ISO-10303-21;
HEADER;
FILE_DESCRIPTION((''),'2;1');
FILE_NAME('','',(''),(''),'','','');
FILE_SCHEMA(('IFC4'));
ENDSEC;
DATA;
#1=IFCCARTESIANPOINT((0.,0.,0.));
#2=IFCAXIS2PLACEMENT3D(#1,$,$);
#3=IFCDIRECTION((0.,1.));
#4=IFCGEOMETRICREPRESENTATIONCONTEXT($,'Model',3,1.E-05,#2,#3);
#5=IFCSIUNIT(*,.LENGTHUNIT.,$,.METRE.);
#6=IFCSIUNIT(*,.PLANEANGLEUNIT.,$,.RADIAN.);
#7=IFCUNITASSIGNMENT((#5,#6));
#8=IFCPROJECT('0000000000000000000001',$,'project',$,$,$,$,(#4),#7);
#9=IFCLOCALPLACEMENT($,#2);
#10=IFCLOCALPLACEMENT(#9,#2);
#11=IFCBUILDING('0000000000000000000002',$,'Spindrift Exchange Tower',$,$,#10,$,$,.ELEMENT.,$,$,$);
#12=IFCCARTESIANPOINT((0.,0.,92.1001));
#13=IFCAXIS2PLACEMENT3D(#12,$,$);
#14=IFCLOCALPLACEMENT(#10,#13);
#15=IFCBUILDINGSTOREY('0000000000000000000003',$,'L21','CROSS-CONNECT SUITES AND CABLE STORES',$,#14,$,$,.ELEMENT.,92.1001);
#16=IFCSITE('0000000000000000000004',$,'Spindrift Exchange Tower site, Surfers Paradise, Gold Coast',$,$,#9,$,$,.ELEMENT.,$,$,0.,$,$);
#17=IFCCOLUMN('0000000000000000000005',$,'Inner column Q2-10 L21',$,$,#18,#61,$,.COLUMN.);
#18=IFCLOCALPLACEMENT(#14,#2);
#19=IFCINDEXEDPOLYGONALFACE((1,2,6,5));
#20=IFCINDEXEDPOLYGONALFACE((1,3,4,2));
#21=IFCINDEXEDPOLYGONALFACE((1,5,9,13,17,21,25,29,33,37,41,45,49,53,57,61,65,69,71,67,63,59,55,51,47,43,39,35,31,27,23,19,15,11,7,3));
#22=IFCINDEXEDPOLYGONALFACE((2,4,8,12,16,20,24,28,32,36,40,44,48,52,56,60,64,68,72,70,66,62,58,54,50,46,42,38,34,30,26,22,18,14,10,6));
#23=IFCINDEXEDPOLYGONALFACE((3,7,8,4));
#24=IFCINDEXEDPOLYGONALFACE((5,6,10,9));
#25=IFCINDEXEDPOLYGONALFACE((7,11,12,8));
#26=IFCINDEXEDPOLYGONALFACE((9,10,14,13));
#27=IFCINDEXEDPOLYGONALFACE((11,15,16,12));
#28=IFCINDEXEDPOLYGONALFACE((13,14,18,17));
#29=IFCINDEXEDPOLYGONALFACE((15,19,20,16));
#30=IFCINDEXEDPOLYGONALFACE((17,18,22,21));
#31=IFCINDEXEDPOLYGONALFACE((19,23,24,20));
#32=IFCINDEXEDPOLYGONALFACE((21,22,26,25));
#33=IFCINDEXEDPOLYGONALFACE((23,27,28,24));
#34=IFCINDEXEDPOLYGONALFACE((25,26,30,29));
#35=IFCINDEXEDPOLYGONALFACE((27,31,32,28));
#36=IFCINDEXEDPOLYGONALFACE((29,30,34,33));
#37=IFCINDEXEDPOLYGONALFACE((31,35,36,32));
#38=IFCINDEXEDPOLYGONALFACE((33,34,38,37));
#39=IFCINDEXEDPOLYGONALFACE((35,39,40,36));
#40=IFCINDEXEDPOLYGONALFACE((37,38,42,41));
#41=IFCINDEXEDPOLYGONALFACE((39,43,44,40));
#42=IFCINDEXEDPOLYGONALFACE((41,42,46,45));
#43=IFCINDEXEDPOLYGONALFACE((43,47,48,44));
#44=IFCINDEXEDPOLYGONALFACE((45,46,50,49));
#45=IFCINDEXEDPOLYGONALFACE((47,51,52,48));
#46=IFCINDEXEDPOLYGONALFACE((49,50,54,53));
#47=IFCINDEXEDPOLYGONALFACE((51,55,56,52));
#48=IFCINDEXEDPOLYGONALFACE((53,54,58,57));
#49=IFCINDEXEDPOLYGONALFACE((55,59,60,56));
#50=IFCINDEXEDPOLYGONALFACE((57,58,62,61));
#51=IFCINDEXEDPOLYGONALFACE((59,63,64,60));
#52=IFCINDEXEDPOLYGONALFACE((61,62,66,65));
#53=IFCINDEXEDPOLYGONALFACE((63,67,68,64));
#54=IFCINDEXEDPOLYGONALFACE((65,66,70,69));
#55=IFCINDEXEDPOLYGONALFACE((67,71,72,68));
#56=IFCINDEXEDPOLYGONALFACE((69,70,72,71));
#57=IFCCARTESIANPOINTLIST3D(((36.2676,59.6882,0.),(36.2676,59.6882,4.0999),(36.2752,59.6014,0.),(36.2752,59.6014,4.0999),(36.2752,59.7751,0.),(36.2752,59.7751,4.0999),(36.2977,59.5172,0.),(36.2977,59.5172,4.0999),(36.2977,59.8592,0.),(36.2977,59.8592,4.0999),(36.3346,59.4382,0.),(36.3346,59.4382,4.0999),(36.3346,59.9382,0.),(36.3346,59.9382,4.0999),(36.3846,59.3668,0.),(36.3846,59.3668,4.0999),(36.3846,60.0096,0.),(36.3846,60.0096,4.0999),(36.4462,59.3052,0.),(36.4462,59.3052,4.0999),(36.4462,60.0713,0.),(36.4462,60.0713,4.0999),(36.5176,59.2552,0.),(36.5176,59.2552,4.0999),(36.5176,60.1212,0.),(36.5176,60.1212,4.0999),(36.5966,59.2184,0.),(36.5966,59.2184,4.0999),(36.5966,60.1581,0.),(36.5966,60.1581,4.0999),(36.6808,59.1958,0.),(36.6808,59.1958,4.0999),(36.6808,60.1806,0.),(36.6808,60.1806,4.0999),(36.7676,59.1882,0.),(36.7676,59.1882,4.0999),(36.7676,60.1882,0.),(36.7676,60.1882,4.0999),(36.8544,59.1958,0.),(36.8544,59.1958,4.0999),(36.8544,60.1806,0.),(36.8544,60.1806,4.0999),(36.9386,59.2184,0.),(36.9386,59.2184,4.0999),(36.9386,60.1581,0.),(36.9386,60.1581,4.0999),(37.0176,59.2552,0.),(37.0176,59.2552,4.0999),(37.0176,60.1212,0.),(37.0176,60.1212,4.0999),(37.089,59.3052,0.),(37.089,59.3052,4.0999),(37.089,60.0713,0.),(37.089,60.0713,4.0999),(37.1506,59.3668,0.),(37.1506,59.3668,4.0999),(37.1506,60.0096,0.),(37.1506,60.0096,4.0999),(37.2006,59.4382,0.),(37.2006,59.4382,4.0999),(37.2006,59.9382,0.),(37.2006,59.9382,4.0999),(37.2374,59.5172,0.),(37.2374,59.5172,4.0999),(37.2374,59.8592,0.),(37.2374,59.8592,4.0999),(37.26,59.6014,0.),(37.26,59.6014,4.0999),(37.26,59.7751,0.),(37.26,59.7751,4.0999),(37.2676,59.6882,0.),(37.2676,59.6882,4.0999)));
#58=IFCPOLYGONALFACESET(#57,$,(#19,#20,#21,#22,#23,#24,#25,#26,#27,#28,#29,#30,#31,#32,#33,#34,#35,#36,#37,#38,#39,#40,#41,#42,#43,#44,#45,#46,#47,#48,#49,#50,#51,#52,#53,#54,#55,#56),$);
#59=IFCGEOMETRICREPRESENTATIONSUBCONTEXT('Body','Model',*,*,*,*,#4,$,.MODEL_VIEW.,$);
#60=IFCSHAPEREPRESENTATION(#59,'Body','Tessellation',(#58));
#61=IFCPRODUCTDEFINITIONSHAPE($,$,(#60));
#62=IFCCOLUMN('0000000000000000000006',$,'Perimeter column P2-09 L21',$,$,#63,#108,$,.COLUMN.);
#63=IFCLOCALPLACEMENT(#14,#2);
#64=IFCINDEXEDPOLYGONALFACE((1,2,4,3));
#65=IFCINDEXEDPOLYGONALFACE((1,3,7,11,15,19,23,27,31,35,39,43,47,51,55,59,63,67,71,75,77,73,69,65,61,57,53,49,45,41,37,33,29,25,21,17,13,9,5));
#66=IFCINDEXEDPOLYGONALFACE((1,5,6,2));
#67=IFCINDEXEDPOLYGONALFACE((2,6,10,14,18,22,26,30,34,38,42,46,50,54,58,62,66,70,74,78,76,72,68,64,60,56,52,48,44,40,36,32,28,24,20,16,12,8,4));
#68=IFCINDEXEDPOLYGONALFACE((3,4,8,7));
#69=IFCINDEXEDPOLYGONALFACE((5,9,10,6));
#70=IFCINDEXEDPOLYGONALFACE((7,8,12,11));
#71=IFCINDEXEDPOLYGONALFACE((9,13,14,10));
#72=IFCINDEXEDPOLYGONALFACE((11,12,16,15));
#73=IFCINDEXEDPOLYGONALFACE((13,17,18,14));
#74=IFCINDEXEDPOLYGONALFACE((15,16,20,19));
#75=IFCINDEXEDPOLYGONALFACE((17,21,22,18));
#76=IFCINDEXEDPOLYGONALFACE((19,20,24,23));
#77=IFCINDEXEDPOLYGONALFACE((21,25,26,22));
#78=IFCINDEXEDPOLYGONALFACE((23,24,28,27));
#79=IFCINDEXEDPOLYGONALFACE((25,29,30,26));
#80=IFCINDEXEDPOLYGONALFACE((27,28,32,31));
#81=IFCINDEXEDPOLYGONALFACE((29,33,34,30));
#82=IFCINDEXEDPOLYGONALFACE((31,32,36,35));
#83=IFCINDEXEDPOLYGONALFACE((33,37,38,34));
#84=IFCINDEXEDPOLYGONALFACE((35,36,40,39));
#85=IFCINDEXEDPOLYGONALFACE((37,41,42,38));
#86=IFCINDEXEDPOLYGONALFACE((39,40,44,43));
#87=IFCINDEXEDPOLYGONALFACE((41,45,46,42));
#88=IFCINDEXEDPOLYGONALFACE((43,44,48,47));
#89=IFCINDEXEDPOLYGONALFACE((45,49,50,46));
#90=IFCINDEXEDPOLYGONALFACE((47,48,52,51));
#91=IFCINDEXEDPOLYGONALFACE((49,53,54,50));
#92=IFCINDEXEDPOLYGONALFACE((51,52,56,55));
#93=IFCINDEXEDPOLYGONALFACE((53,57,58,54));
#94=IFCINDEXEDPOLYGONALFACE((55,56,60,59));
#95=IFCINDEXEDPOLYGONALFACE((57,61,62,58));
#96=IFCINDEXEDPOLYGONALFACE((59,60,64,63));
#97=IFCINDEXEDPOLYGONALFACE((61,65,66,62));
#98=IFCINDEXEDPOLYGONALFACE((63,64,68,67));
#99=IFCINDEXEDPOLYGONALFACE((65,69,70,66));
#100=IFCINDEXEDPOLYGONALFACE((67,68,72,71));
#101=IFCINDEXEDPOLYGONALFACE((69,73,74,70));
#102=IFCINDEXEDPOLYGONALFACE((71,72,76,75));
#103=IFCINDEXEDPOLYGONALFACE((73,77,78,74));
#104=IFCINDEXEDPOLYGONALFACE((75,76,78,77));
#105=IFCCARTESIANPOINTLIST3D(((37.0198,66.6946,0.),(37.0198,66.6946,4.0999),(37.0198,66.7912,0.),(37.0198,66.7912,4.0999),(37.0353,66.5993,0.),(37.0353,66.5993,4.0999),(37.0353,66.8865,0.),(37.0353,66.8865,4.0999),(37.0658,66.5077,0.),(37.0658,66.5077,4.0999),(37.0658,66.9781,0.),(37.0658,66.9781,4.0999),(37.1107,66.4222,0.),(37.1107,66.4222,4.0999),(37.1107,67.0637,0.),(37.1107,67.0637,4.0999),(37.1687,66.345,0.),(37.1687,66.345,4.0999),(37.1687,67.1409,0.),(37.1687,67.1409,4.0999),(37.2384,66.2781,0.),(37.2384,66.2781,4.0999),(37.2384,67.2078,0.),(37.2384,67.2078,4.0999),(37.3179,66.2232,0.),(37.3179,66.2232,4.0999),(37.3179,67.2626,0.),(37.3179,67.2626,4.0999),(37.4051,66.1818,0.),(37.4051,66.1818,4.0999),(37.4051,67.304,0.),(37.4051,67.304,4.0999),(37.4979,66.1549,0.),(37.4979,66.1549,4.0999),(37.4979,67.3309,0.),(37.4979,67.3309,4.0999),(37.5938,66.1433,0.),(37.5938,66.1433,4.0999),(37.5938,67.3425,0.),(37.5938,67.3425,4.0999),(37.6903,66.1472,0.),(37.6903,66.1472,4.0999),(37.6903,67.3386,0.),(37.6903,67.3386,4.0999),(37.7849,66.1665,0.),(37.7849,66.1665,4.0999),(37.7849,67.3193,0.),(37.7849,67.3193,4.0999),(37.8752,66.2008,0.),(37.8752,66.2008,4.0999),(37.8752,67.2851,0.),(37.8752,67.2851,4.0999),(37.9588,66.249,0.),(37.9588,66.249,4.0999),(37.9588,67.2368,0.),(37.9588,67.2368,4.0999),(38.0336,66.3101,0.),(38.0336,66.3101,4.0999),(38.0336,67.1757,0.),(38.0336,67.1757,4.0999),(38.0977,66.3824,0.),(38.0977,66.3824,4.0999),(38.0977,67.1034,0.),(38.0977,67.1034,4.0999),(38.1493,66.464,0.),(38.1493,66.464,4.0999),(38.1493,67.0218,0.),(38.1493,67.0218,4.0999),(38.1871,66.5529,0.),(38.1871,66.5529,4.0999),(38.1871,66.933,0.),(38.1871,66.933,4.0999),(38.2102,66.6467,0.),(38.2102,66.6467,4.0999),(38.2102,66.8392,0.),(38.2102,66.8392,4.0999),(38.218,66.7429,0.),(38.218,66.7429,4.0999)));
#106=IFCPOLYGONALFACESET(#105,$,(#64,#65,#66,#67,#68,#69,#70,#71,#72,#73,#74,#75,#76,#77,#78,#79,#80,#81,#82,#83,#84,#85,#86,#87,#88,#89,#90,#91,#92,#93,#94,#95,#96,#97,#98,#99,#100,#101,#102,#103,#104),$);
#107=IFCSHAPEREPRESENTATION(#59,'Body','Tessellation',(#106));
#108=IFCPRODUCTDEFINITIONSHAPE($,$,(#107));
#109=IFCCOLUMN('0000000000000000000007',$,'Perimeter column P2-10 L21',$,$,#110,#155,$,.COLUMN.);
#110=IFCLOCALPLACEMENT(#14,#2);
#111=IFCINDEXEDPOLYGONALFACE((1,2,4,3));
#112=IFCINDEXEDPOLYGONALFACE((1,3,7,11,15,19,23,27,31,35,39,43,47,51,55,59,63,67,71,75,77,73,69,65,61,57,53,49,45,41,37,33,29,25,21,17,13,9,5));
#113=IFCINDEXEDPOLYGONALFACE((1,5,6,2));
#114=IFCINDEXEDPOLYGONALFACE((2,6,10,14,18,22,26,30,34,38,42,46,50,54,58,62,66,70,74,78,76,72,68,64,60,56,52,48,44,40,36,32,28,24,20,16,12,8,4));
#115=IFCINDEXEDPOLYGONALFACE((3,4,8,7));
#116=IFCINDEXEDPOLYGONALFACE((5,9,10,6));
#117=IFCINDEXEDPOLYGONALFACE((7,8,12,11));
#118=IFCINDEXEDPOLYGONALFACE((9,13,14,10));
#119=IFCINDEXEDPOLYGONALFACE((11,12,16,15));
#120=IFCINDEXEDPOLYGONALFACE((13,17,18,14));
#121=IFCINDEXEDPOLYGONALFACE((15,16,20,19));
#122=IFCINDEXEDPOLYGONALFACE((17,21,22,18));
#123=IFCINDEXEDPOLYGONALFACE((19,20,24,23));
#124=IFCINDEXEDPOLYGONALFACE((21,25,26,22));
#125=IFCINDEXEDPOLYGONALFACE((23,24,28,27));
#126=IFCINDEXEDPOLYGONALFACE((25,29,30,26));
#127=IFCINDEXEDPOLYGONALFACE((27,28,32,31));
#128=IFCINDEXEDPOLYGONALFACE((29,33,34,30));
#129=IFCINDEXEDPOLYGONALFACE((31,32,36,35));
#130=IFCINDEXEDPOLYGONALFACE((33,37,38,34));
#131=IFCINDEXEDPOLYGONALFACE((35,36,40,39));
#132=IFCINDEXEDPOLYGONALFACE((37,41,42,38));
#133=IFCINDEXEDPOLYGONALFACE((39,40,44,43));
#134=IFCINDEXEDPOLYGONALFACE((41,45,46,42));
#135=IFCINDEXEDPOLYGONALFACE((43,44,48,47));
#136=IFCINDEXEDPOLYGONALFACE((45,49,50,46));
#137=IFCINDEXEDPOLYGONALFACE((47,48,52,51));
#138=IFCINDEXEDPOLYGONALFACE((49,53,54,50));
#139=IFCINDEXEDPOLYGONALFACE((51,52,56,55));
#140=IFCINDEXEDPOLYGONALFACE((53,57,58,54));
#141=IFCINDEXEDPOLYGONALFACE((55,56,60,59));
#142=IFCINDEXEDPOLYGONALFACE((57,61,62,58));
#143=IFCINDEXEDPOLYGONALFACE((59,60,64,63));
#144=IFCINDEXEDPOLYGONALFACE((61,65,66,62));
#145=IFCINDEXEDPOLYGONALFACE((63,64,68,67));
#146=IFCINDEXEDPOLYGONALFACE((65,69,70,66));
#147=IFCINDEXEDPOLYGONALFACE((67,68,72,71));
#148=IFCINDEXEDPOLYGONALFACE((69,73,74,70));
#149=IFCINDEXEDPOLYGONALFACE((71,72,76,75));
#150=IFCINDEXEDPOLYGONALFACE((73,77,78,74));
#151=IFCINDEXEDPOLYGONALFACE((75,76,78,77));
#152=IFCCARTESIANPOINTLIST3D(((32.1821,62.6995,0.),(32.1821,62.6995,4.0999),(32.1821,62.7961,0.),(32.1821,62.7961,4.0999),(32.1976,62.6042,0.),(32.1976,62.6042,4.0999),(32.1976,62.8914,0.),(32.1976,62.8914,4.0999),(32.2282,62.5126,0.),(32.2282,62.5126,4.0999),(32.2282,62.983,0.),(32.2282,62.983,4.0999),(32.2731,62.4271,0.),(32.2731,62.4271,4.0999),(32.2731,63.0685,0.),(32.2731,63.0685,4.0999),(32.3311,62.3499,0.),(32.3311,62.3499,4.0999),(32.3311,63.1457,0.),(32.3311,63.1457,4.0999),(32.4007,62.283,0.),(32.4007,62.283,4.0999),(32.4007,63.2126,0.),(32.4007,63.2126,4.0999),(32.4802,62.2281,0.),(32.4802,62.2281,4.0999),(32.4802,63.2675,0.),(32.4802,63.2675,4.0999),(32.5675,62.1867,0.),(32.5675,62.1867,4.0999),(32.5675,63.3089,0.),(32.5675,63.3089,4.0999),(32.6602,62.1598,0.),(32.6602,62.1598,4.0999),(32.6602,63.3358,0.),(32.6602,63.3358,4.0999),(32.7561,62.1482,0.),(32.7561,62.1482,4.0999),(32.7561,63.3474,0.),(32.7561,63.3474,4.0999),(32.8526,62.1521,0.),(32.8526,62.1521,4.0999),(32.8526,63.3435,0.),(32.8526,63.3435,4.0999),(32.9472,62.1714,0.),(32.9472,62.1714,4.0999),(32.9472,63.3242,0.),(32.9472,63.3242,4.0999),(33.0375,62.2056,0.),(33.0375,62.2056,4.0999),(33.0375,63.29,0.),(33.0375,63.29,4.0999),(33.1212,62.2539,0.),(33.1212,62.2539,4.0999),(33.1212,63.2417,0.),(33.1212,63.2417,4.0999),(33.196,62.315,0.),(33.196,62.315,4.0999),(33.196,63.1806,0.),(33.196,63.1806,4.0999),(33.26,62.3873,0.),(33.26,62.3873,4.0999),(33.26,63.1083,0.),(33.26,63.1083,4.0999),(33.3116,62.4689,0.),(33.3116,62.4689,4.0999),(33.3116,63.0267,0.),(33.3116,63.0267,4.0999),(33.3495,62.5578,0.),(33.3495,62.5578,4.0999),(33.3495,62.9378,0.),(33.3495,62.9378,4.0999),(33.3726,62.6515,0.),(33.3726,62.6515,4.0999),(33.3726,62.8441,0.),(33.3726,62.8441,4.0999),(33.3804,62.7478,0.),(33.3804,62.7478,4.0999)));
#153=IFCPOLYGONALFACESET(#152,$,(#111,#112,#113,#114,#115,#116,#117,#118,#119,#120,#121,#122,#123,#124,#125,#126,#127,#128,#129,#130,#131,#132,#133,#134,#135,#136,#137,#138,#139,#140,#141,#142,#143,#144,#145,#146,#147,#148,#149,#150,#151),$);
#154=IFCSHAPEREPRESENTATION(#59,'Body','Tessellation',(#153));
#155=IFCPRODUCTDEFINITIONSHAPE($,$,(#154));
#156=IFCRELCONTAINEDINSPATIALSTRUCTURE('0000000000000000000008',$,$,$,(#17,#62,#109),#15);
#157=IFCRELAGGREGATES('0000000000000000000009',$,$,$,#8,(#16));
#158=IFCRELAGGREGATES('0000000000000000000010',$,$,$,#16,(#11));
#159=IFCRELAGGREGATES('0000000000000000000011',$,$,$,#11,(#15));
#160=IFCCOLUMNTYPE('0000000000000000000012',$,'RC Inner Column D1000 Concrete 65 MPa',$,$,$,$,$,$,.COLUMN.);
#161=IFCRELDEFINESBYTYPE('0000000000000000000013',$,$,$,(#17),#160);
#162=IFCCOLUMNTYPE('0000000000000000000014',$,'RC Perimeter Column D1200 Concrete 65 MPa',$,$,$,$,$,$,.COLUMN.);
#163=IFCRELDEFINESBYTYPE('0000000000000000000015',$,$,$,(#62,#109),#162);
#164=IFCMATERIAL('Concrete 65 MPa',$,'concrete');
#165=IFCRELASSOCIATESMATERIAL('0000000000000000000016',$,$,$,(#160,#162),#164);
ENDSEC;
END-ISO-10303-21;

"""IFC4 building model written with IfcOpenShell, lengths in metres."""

from ifc_helpers import new_model, si_unit, direction, frame, origin, origin_2d, place, context, subcontext, project, spatial, circle, extrude, source, transform, mapped, material, material_profile, profile_set, type_object, element, save


model = new_model("IFC4")

# Units and contexts
model_context = context("Model", 3, precision=1e-05, world=origin(), true_north=direction((0.0, 1.0)))
body_context = subcontext(model_context, "Body", "Model", "MODEL_VIEW")
ifc_project = project(units=[si_unit("LENGTHUNIT", "METRE"), si_unit("PLANEANGLEUNIT", "RADIAN")], contexts=[model_context])

# Site, building, storey
site_placement = place(None, origin())
site = spatial("IfcSite", under=ifc_project, at=site_placement, Name="Spindrift Exchange Tower site, Surfers Paradise, Gold Coast", CompositionType="ELEMENT", RefElevation=0.0)
building_placement = place(site_placement, origin())
building = spatial("IfcBuilding", under=site, at=building_placement, Name="Spindrift Exchange Tower", CompositionType="ELEMENT")
storey_placement = place(building_placement, frame((0.0, 0.0, 92.1001)))
storey = spatial("IfcBuildingStorey", under=building, at=storey_placement, Name="L21", Description="CROSS-CONNECT SUITES AND CABLE STORES", CompositionType="ELEMENT", Elevation=92.1001)

# Columns
ifc_material_1 = material(Name="Concrete 65 MPa", Category="concrete")
ifc_material_profile_1 = material_profile(ifc_material_1, circle(Radius=0.5, at=origin_2d()), Name="RC D1000")
ifc_profile_set_1 = profile_set([ifc_material_profile_1], Name="Concrete 65 MPa")
column_type_1 = type_object("IfcColumnType", Name="RC Inner Column D1000 Concrete 65 MPa", PredefinedType="COLUMN", material=ifc_profile_set_1)
shared_shape_1 = source(origin(), body_context, "Body", "SweptSolid", [
    extrude(circle(Radius=0.5, at=origin_2d()), origin(), (0.0, 0.0, 1.0), 4.0999),
])
column_placement = place(storey_placement, frame((36.7676, 59.6882, 0.0), z_axis=(0.0, 0.0, 1.0), x_axis=(1.0, 0.0, 0.0)))
element("IfcColumn", 1, at=column_placement, inside=storey, type_object=column_type_1, Name="Inner column Q2-10 L21", PredefinedType="COLUMN", context=body_context, shape_type="MappedRepresentation", body=[
    mapped(shared_shape_1, transform((0.0, 0.0, 0.0), scale=1.0)),
])
ifc_material_profile_2 = material_profile(ifc_material_1, circle(Radius=0.6001, at=origin_2d()), Name="RC D1200")
ifc_profile_set_2 = profile_set([ifc_material_profile_2], Name="Concrete 65 MPa")
column_type_2 = type_object("IfcColumnType", Name="RC Perimeter Column D1200 Concrete 65 MPa", PredefinedType="COLUMN", material=ifc_profile_set_2)
shared_shape_2 = source(origin(), body_context, "Body", "SweptSolid", [
    extrude(circle(Radius=0.6001, at=origin_2d()), origin(), (0.0, 0.0, 1.0), 4.0999),
])
for number, where, z_axis, x_axis, name in (
    (2, (37.6179, 66.7429, 0.0), (0.0, 0.0, 1.0), (1.0, 0.0, 0.0), "Perimeter column P2-09 L21"),
    (3, (32.7803, 62.7478, 0.0), (0.0, 0.0, 1.0), (1.0, 0.0, 0.0), "Perimeter column P2-10 L21"),
):
    element("IfcColumn", number, at=place(storey_placement, frame(where, z_axis=z_axis, x_axis=x_axis)), inside=storey, type_object=column_type_2, Name=name, PredefinedType="COLUMN", context=body_context, shape_type="MappedRepresentation", body=[
        mapped(shared_shape_2, transform((0.0, 0.0, 0.0), scale=1.0)),
    ])

save(model, "model.ifc")
